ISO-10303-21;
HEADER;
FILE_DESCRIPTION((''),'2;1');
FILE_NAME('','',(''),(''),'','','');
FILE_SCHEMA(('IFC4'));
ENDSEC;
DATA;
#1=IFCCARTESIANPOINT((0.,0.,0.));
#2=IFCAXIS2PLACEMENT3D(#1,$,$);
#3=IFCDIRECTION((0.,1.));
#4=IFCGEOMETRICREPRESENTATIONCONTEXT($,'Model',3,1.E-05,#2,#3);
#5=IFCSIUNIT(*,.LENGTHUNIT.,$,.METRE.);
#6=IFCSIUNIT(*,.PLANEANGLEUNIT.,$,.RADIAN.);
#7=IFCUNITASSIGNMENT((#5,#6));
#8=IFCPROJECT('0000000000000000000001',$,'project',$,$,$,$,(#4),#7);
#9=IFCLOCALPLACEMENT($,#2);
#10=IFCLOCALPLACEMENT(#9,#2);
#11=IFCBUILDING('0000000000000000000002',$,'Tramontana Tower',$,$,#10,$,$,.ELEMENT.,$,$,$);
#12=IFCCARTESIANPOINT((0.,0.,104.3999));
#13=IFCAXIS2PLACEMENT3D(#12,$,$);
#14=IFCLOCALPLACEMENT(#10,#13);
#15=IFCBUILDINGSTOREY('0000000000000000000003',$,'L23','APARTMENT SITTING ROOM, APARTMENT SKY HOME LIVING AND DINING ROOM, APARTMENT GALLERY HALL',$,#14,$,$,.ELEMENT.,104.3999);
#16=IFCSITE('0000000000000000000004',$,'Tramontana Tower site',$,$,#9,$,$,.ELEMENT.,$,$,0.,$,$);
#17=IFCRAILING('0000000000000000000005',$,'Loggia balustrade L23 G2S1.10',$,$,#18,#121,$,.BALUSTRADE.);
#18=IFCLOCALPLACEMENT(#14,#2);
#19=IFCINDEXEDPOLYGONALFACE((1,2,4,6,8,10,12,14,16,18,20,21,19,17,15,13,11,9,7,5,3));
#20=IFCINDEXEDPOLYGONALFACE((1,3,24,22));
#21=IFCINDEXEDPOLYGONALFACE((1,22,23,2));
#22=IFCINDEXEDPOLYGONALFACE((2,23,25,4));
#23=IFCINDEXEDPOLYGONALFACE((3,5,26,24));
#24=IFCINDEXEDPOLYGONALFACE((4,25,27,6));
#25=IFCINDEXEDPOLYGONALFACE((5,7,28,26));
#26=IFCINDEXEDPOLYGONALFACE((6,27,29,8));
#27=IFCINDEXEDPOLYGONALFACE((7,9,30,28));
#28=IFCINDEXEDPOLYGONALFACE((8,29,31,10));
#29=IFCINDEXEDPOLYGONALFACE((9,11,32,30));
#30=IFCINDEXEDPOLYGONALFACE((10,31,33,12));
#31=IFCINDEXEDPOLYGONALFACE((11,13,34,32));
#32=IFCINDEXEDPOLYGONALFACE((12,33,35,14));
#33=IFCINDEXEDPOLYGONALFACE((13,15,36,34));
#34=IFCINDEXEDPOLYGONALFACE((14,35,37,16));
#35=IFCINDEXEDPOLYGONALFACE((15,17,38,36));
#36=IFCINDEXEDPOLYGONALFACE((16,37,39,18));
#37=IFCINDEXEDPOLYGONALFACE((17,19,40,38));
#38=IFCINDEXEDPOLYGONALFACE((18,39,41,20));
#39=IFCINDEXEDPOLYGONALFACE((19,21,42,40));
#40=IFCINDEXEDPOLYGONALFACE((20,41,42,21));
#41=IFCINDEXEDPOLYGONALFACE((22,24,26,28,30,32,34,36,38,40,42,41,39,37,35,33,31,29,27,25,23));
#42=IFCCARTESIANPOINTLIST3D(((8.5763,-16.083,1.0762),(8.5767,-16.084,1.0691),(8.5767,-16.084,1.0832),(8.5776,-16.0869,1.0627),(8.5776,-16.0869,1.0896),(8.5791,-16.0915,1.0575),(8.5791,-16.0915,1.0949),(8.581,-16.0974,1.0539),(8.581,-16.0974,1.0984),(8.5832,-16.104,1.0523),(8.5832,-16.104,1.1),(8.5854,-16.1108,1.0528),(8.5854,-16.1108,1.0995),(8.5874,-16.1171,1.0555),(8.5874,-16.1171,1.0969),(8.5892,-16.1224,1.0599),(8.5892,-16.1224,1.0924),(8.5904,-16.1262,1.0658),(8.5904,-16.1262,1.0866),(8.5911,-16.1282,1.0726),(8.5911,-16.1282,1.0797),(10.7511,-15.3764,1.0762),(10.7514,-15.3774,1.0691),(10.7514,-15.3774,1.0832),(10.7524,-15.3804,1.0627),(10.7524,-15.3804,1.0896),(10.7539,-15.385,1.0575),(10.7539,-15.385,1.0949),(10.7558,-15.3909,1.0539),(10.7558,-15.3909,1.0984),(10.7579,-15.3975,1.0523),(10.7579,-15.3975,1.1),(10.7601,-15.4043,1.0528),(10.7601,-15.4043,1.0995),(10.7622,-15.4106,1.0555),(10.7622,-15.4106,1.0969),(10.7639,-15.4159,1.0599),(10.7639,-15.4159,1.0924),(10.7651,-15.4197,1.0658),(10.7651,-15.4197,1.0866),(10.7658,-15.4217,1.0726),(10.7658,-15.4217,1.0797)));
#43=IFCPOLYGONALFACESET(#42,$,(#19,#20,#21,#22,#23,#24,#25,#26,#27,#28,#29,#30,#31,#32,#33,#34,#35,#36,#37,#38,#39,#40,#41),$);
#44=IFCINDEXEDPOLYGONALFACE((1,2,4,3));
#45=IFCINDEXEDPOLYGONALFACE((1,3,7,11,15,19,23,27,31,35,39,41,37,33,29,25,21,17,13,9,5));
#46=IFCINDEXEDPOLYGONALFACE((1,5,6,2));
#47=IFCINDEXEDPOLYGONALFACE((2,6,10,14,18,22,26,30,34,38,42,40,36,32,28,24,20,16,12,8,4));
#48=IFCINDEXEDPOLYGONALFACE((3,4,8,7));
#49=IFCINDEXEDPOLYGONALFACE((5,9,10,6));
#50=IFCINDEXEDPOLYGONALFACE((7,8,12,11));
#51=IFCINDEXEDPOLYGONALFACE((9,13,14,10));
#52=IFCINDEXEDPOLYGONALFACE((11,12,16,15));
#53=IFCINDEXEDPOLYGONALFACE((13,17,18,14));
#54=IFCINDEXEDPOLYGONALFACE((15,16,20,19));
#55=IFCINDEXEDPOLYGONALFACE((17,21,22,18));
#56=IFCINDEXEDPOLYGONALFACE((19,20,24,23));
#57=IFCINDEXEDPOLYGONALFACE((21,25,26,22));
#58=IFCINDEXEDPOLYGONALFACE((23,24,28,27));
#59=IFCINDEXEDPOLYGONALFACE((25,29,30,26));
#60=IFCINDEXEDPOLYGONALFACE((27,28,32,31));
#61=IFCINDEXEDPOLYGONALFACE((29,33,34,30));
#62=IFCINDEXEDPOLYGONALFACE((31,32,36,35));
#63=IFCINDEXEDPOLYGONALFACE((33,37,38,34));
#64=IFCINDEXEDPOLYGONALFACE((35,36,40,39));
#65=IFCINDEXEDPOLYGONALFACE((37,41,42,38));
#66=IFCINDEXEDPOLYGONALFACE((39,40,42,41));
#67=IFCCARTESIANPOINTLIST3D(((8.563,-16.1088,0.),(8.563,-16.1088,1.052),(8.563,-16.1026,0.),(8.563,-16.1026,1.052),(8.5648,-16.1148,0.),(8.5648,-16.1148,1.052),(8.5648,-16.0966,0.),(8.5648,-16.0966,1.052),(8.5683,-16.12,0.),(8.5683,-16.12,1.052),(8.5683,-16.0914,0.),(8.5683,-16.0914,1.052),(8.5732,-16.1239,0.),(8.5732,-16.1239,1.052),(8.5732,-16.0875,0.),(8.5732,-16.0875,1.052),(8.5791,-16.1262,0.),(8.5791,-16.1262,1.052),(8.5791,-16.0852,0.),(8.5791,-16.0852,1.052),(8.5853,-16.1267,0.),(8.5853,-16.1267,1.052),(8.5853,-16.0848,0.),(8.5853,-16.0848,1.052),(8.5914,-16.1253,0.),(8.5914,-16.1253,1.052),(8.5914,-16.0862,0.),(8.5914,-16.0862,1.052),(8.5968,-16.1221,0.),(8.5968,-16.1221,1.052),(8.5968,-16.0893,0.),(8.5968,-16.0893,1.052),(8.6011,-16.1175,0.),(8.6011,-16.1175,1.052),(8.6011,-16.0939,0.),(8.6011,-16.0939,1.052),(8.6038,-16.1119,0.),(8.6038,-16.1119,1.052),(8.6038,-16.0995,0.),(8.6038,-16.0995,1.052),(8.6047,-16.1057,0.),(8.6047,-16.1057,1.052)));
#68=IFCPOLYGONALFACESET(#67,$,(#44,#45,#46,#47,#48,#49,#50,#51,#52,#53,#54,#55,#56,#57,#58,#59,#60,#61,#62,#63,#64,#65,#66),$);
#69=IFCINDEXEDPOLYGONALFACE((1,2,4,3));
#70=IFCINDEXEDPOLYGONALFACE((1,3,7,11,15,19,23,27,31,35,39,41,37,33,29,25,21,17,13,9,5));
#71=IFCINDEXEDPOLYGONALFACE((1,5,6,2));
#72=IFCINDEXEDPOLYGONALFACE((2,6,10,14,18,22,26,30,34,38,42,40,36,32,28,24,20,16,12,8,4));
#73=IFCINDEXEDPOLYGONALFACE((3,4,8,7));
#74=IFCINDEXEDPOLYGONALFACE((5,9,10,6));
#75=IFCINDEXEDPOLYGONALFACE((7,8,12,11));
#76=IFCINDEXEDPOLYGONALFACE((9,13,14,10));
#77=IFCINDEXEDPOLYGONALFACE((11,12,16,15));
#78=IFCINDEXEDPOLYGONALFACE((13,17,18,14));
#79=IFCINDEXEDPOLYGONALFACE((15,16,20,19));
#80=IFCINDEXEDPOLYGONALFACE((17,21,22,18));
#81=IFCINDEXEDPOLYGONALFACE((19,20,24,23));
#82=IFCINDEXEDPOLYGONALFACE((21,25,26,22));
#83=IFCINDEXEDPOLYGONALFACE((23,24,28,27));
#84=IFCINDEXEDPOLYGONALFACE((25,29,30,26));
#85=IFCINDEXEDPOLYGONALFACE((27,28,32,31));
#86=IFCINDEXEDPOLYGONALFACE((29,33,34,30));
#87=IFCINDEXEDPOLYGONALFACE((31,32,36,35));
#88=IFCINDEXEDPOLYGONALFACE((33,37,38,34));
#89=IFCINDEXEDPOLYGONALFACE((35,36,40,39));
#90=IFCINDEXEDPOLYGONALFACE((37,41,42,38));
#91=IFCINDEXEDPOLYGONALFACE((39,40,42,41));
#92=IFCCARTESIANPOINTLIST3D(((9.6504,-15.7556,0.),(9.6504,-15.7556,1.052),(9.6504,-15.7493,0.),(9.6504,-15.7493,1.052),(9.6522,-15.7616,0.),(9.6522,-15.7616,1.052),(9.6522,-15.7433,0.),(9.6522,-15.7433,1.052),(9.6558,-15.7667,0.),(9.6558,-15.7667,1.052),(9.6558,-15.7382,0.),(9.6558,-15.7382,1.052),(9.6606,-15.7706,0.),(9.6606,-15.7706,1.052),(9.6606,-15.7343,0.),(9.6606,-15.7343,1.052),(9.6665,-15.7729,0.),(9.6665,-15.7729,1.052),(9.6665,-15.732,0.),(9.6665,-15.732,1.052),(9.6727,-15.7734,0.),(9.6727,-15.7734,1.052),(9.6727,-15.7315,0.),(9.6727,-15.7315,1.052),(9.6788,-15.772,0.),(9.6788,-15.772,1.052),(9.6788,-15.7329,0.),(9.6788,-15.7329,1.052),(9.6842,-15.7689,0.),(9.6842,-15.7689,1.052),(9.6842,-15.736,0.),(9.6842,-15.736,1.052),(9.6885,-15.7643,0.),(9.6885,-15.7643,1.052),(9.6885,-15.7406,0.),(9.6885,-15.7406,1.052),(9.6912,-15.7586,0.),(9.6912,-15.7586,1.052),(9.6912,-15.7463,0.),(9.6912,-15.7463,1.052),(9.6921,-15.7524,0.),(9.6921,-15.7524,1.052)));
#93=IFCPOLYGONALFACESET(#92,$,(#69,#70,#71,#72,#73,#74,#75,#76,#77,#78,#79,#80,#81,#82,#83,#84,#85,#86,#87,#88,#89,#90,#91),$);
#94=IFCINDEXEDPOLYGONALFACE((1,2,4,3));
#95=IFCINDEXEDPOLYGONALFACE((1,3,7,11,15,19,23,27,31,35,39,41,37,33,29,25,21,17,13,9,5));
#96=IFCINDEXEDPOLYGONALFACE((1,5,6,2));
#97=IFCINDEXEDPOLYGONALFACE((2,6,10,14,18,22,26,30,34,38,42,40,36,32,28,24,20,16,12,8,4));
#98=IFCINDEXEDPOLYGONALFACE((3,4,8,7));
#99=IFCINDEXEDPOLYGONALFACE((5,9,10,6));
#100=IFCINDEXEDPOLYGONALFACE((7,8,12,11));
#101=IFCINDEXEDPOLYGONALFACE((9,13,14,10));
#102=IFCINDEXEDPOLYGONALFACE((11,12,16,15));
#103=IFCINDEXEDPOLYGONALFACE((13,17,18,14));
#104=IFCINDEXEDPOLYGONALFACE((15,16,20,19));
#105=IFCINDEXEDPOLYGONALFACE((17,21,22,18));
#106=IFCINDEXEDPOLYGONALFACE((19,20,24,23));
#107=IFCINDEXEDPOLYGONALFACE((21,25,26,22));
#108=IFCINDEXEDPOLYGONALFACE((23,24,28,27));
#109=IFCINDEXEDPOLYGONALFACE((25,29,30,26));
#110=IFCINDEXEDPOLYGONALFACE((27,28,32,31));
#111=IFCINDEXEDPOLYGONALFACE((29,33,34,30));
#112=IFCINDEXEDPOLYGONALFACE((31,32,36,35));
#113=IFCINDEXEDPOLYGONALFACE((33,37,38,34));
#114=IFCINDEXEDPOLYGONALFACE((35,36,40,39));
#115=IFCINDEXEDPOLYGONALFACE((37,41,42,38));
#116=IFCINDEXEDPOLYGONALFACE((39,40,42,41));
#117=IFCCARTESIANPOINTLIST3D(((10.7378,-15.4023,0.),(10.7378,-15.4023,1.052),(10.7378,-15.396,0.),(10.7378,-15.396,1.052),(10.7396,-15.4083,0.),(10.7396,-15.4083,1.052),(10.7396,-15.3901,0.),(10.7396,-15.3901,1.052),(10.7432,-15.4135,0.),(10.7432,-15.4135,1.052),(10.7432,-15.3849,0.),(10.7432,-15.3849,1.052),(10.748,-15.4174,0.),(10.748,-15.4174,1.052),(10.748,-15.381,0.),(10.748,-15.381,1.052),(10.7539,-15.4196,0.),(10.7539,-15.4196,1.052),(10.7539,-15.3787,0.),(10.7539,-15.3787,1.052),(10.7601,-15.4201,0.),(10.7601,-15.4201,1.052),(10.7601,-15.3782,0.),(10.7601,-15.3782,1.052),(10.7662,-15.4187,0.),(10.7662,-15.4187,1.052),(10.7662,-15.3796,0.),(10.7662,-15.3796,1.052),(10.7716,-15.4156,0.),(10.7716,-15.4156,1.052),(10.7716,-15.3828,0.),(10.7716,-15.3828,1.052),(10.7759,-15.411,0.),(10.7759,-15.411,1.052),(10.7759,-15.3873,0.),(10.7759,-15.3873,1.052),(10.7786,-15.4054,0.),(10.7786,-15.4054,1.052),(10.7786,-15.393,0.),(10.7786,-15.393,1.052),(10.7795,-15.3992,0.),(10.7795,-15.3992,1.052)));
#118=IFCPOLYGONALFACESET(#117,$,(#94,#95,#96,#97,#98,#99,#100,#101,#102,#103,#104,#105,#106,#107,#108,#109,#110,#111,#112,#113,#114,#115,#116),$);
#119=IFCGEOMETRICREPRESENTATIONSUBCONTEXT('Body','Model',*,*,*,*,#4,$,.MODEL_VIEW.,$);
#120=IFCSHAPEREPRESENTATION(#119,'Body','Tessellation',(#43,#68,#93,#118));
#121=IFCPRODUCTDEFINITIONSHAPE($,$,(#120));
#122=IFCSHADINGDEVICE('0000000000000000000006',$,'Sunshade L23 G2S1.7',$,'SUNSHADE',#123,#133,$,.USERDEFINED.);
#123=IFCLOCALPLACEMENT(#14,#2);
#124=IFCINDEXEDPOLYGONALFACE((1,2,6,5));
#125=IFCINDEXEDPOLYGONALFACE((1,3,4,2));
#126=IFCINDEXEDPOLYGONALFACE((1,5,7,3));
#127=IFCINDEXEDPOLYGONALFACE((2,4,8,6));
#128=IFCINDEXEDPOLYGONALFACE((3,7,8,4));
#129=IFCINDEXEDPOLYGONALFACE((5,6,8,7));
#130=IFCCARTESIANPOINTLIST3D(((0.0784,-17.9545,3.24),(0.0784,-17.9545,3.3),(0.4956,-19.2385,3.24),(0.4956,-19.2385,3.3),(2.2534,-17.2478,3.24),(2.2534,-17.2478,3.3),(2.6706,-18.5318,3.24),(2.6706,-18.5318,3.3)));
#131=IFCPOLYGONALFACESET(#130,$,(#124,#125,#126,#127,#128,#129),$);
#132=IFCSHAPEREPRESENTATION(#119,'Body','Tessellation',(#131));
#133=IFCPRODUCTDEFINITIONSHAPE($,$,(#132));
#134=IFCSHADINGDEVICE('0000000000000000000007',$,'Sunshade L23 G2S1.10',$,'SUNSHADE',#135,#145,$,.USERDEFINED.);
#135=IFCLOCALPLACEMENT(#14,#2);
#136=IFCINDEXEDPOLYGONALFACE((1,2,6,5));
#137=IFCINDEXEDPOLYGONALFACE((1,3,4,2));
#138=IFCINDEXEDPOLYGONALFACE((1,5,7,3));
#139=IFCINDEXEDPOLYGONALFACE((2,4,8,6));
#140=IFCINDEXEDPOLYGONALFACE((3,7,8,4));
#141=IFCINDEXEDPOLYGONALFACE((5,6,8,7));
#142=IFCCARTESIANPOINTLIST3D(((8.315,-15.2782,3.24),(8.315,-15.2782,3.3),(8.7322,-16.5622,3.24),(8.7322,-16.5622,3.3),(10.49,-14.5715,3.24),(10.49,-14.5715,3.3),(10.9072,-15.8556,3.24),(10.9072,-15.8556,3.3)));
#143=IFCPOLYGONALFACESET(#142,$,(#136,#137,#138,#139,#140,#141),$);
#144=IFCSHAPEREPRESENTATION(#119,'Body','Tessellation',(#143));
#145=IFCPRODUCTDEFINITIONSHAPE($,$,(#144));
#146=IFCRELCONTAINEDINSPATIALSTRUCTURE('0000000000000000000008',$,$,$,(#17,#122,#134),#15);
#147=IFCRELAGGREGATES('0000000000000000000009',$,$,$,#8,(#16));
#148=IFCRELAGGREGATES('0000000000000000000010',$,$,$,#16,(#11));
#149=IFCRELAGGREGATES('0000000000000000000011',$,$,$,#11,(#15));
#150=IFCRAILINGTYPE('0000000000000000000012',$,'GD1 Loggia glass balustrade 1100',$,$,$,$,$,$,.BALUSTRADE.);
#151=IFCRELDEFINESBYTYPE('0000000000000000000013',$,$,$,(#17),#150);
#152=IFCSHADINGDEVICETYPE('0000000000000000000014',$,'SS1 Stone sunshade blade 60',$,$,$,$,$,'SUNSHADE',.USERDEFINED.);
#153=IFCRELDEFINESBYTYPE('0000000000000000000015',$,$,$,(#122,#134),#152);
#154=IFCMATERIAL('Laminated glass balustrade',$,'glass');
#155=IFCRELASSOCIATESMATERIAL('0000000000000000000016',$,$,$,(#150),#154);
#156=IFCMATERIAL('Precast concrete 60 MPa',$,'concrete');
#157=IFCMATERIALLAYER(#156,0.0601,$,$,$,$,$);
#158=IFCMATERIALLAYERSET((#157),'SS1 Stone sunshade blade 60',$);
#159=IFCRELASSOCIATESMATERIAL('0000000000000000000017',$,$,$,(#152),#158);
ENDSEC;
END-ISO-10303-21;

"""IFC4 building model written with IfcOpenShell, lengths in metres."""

from ifc_helpers import new_model, si_unit, direction, frame, origin, origin_2d, place, context, subcontext, project, spatial, rectangle, circle, extrude, material, layer, layer_set, type_object, element, save


model = new_model("IFC4")

# Units and contexts
model_context = context("Model", 3, precision=1e-05, world=origin(), true_north=direction((0.0, 1.0)))
body_context = subcontext(model_context, "Body", "Model", "MODEL_VIEW")
ifc_project = project(units=[si_unit("LENGTHUNIT", "METRE"), si_unit("PLANEANGLEUNIT", "RADIAN")], contexts=[model_context])

# Site, building, storey
site_placement = place(None, origin())
site = spatial("IfcSite", under=ifc_project, at=site_placement, Name="Tramontana Tower site", CompositionType="ELEMENT", RefElevation=0.0)
building_placement = place(site_placement, origin())
building = spatial("IfcBuilding", under=site, at=building_placement, Name="Tramontana Tower", CompositionType="ELEMENT")
storey_placement = place(building_placement, frame((0.0, 0.0, 104.3999)))
storey = spatial("IfcBuildingStorey", under=building, at=storey_placement, Name="L23", Description="APARTMENT SITTING ROOM, APARTMENT SKY HOME LIVING AND DINING ROOM, APARTMENT GALLERY HALL", CompositionType="ELEMENT", Elevation=104.3999)

# Railing
ifc_material_1 = material(Name="Laminated glass balustrade", Category="glass")
railing_type = type_object("IfcRailingType", Name="GD1 Loggia glass balustrade 1100", PredefinedType="BALUSTRADE", material=ifc_material_1)
railing_1_placement = place(storey_placement, frame((8.5837, -16.1057, 0.0)))
element("IfcRailing", 1, at=railing_1_placement, inside=storey, type_object=railing_type, Name="Loggia balustrade L23 G2S1.10", PredefinedType="BALUSTRADE", context=body_context, shape_type="SweptSolid", body=[
    extrude(circle(Radius=0.0239, at=origin_2d()), frame((0.0, 0.0, 1.0762), z_axis=(0.951069, 0.30898, 0.0), x_axis=(-0.30898, 0.951069, 0.0)), (0.0, 0.0, 1.0), 2.2866),
    extrude(circle(Radius=0.021, at=origin_2d()), origin(), (0.0, 0.0, 1.0), 1.052),
    extrude(circle(Radius=0.021, at=origin_2d()), frame((1.0874, 0.3533, 0.0)), (0.0, 0.0, 1.0), 1.052),
    extrude(circle(Radius=0.021, at=origin_2d()), frame((2.1748, 0.7065, 0.0)), (0.0, 0.0, 1.0), 1.052),
])

# Shading devices
ifc_material_2 = material(Name="Precast concrete 60 MPa", Category="concrete")
ifc_layer_1 = layer(ifc_material_2, 0.0601)
ifc_layer_set_1 = layer_set([ifc_layer_1], Name="SS1 Stone sunshade blade 60")
shading_device_type = type_object("IfcShadingDeviceType", Name="SS1 Stone sunshade blade 60", ElementType="SUNSHADE", PredefinedType="USERDEFINED", material=ifc_layer_set_1)
for number, where, z_axis, x_axis, name in (
    (2, (1.3745, -18.2432, 3.24), (0.0, 0.0, 1.0), (0.951057, 0.309017, 0.0), "Sunshade L23 G2S1.7"),
    (3, (9.6111, -15.5669, 3.24), (0.0, 0.0, 1.0), (0.951057, 0.309017, 0.0), "Sunshade L23 G2S1.10"),
):
    element("IfcShadingDevice", number, at=place(storey_placement, frame(where, z_axis=z_axis, x_axis=x_axis)), inside=storey, type_object=shading_device_type, Name=name, ObjectType="SUNSHADE", PredefinedType="USERDEFINED", context=body_context, shape_type="SweptSolid", body=[
        extrude(rectangle(XDim=2.2869, YDim=1.3501, at=origin_2d()), origin(), (0.0, 0.0, 1.0), 0.0601),
    ])

save(model, "model.ifc")
